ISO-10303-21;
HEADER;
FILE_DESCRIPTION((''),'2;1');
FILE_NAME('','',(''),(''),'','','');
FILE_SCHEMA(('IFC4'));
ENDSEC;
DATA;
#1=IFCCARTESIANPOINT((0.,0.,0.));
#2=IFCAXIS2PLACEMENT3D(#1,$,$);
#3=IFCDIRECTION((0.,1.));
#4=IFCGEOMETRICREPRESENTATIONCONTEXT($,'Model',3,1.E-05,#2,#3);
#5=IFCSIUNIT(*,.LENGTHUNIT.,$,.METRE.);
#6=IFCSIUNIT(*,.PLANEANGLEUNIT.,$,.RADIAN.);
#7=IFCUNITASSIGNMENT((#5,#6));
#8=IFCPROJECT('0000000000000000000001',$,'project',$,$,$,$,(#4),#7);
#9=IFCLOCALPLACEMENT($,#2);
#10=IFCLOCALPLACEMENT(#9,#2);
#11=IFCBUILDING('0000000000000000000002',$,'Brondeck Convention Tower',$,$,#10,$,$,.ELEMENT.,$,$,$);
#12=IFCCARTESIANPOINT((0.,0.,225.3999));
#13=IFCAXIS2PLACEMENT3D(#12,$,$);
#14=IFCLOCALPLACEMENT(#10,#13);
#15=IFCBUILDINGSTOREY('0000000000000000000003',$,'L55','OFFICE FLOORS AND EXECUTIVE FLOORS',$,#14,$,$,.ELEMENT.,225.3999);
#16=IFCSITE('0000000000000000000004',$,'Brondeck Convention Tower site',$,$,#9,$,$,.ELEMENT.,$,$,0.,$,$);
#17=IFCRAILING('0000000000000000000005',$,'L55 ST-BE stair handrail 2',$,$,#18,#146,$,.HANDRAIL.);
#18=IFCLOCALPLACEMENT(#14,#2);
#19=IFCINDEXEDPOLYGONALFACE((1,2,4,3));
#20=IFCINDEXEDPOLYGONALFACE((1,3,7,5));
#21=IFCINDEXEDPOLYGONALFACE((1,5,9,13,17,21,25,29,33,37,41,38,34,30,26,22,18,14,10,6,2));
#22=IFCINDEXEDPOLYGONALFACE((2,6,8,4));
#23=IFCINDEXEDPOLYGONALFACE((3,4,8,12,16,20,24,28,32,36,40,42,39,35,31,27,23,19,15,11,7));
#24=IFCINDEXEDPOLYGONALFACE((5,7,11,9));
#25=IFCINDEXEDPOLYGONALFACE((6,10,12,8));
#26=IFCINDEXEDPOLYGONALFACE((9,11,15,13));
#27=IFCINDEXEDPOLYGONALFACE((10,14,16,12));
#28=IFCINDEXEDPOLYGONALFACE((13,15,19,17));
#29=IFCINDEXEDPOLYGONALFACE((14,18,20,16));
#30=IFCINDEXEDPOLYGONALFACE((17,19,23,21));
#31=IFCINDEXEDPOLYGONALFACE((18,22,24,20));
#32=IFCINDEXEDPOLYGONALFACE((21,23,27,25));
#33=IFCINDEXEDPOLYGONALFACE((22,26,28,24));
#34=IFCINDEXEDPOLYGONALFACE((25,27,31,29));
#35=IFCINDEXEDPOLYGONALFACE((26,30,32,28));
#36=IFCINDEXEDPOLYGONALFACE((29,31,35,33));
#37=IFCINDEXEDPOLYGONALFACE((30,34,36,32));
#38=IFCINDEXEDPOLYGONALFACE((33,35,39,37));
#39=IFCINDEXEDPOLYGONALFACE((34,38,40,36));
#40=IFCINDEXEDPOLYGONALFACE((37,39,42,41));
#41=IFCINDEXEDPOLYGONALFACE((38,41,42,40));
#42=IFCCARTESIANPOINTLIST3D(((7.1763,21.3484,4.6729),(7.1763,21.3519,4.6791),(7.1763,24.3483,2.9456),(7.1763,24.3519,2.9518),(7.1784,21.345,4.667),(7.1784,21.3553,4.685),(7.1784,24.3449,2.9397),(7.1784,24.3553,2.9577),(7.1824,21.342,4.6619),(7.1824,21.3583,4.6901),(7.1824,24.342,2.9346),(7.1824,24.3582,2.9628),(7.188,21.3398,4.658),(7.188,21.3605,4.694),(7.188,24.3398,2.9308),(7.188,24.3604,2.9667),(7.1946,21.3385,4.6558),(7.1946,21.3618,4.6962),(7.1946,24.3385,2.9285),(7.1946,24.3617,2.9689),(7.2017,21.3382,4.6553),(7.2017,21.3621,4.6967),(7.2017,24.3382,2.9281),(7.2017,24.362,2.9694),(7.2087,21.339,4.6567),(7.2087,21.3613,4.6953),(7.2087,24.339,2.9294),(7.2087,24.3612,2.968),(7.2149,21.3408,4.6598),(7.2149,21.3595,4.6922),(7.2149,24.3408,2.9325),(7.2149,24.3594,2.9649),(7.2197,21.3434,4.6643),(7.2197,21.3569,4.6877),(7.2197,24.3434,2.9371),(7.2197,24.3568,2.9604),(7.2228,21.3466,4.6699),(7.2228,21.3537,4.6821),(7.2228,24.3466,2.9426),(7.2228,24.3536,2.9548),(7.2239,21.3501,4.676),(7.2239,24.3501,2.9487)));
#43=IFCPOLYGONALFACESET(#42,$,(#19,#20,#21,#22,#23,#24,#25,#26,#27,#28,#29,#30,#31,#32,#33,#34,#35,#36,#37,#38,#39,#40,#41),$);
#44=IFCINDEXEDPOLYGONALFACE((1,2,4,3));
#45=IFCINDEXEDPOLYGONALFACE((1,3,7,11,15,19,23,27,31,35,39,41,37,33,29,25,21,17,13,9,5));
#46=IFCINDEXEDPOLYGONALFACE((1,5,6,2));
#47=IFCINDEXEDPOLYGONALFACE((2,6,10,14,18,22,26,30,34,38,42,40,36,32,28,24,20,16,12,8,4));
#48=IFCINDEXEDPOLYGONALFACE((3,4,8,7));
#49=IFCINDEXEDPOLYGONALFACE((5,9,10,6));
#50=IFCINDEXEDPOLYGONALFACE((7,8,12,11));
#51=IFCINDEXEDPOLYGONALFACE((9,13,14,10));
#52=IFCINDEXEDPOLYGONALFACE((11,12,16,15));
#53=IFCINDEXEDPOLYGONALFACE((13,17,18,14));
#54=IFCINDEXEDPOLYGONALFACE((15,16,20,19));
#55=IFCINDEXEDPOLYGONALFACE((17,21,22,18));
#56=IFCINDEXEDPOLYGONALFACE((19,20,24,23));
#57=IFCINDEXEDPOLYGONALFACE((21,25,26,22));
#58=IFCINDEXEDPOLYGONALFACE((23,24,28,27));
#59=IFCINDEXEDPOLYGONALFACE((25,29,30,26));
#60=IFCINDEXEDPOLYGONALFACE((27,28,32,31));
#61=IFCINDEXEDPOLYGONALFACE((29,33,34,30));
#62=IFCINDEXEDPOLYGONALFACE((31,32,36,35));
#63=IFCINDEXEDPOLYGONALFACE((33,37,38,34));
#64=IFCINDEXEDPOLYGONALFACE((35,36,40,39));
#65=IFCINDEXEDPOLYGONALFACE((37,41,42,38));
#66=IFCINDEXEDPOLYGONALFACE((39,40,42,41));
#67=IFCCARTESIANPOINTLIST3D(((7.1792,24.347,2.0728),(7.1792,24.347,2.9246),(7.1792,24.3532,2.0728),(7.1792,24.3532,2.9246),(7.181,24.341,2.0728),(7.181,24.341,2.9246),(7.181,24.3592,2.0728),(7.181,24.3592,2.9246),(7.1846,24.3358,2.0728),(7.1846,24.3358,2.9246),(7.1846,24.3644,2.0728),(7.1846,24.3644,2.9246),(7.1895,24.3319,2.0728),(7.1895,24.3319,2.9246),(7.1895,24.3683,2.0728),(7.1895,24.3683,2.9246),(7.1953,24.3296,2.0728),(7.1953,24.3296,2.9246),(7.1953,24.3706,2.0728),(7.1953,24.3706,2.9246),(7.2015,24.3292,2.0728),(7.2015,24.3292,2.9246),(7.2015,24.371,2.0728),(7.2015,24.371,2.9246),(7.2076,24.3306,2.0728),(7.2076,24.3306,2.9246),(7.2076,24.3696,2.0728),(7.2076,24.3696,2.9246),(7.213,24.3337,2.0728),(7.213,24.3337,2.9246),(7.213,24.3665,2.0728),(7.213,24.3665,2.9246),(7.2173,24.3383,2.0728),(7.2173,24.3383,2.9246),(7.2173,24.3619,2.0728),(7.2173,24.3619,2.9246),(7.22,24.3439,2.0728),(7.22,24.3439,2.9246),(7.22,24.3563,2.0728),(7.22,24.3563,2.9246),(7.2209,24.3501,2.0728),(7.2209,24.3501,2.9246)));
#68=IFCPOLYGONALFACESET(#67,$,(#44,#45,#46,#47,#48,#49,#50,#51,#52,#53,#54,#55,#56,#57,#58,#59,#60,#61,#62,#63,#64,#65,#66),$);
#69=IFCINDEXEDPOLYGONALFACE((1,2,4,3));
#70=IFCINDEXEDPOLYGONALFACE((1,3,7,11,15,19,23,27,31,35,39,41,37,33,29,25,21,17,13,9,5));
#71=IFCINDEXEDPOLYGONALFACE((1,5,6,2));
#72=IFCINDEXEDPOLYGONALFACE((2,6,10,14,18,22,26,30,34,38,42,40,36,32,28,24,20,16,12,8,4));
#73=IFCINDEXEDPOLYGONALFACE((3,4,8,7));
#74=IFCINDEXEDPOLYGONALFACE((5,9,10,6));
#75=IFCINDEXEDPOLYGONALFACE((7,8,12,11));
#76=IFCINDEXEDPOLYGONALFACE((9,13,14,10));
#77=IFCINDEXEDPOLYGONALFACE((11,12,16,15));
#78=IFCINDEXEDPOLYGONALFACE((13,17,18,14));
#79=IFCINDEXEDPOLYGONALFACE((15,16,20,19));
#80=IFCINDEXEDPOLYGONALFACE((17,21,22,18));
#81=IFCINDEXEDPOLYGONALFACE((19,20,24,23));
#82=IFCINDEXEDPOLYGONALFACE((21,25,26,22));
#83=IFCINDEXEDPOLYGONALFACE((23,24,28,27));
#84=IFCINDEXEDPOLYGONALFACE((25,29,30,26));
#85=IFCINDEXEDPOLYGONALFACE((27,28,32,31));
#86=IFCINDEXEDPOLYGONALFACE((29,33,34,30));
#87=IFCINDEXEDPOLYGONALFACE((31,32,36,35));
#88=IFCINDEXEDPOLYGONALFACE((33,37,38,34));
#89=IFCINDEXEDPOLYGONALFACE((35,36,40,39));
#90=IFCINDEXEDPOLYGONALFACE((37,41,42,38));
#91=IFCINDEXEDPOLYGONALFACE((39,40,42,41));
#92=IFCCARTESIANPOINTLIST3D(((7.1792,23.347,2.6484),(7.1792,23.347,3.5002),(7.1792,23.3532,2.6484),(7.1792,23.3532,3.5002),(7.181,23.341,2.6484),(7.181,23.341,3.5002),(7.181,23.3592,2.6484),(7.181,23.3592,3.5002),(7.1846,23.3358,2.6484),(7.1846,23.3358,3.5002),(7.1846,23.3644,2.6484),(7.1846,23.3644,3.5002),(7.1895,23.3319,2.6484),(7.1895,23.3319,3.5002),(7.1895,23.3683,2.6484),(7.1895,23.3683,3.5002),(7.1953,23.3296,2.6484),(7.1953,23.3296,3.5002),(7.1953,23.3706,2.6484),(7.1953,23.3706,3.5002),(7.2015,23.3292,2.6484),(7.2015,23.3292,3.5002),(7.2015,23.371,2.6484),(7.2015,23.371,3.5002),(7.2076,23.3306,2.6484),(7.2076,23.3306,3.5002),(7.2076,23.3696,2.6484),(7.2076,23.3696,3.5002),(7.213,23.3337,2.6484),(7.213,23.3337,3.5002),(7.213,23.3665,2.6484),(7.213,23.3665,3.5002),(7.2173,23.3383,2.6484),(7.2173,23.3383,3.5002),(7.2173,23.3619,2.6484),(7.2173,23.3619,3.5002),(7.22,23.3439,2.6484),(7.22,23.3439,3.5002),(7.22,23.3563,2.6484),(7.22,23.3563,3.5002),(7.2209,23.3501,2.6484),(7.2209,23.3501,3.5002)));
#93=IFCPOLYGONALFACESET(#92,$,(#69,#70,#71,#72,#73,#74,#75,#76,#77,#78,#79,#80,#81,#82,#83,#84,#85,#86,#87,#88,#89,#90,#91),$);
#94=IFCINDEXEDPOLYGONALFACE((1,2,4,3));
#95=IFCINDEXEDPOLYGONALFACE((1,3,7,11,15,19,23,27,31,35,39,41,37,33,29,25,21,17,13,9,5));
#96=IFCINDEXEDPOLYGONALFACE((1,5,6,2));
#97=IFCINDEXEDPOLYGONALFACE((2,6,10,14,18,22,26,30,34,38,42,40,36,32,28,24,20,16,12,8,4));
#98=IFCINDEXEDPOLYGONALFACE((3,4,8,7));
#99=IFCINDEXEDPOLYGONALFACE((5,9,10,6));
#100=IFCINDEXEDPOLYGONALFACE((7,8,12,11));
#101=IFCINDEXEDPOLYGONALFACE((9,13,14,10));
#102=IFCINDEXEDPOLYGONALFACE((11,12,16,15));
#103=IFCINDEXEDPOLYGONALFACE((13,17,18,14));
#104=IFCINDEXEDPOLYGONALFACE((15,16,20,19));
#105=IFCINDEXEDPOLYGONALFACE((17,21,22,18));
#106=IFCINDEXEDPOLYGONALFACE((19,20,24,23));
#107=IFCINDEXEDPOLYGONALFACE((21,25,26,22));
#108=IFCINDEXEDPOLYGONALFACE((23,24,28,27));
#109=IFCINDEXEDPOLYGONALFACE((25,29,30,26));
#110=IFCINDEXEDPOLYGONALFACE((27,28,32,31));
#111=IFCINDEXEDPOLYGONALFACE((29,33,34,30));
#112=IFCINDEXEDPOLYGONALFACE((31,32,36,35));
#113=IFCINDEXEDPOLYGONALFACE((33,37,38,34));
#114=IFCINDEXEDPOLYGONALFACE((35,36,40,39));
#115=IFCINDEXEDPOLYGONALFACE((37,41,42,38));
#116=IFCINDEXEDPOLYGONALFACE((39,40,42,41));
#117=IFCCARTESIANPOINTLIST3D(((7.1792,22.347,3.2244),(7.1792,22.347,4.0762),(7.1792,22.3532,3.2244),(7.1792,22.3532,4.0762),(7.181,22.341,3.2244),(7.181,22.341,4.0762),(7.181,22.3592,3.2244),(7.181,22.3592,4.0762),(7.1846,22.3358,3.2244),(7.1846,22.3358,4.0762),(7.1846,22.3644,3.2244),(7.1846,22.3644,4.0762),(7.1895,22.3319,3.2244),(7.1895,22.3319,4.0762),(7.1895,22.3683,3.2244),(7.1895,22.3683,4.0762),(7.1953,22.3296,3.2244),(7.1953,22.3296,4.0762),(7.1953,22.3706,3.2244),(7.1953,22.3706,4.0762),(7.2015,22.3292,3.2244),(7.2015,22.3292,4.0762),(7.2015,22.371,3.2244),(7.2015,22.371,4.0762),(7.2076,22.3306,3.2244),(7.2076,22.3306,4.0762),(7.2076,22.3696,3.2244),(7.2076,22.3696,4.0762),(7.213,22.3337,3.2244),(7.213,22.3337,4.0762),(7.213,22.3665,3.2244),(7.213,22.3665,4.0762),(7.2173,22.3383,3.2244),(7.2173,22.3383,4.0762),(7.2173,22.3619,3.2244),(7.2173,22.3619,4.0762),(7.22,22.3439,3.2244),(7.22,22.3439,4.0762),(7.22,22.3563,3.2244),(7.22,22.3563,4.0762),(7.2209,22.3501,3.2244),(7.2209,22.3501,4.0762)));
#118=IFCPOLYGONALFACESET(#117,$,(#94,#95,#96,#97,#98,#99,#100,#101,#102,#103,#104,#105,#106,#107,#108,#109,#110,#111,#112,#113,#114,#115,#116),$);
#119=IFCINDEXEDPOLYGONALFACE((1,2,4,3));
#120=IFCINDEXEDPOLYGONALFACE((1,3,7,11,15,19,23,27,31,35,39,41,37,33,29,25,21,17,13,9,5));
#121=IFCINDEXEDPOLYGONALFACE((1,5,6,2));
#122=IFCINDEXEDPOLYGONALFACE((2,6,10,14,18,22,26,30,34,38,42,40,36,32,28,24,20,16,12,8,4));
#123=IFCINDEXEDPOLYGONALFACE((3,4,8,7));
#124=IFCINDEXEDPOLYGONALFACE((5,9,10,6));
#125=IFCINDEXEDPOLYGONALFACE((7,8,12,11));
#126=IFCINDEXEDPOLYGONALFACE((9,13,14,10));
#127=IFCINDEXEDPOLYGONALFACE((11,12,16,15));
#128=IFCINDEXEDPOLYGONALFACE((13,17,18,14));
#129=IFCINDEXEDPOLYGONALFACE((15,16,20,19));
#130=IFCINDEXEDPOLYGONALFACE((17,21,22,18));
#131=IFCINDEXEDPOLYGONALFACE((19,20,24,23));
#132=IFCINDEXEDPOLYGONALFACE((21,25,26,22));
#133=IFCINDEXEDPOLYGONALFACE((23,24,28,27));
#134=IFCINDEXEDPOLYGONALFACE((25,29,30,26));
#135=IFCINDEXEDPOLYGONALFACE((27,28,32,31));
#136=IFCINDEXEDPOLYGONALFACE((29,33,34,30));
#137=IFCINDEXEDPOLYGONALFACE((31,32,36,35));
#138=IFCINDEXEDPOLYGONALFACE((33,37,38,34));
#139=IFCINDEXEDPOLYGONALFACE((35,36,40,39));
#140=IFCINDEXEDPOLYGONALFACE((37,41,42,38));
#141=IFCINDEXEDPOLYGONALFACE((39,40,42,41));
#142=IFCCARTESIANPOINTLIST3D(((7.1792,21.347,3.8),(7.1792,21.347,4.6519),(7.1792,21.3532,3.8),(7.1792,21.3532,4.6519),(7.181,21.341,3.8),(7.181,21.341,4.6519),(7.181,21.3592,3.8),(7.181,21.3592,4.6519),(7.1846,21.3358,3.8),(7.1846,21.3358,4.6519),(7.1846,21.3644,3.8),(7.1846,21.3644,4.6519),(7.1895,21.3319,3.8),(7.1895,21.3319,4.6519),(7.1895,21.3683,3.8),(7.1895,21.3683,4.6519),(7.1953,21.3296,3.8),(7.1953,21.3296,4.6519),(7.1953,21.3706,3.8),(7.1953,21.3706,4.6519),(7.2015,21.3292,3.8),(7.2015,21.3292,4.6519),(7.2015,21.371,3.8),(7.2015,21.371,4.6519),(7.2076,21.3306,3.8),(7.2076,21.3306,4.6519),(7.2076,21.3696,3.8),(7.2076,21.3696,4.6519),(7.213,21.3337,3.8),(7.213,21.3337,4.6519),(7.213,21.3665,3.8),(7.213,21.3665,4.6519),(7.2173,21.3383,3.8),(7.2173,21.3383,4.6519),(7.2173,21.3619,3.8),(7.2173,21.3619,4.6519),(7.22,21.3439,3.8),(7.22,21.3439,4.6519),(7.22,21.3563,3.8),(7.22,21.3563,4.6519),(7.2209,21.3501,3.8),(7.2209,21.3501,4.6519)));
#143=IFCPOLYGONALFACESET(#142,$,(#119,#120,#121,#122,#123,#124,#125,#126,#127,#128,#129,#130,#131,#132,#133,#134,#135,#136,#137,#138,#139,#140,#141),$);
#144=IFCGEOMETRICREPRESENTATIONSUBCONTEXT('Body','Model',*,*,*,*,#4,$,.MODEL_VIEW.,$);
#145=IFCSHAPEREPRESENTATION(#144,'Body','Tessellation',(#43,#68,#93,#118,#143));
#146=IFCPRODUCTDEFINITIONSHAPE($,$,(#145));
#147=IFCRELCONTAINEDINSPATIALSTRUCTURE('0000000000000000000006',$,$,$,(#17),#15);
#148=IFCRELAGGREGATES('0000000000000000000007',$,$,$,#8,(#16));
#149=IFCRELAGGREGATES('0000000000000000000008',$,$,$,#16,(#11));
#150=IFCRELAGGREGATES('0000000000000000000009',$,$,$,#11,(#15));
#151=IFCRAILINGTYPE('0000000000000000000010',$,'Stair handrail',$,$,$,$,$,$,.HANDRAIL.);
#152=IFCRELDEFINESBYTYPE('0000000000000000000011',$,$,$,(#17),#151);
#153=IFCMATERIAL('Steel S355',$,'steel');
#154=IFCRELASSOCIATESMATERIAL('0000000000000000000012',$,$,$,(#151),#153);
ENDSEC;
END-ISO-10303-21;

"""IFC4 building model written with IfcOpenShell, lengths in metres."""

from ifc_helpers import new_model, si_unit, direction, frame, origin, origin_2d, place, context, subcontext, project, spatial, circle, extrude, material, type_object, element, save


model = new_model("IFC4")

# Units and contexts
model_context = context("Model", 3, precision=1e-05, world=origin(), true_north=direction((0.0, 1.0)))
body_context = subcontext(model_context, "Body", "Model", "MODEL_VIEW")
ifc_project = project(units=[si_unit("LENGTHUNIT", "METRE"), si_unit("PLANEANGLEUNIT", "RADIAN")], contexts=[model_context])

# Site, building, storey
site_placement = place(None, origin())
site = spatial("IfcSite", under=ifc_project, at=site_placement, Name="Brondeck Convention Tower site", CompositionType="ELEMENT", RefElevation=0.0)
building_placement = place(site_placement, origin())
building = spatial("IfcBuilding", under=site, at=building_placement, Name="Brondeck Convention Tower", CompositionType="ELEMENT")
storey_placement = place(building_placement, frame((0.0, 0.0, 225.3999)))
storey = spatial("IfcBuildingStorey", under=building, at=storey_placement, Name="L55", Description="OFFICE FLOORS AND EXECUTIVE FLOORS", CompositionType="ELEMENT", Elevation=225.3999)

# Shared definitions
ifc_material_1 = material(Name="Steel S355", Category="steel")

# Railing
railing_type_1 = type_object("IfcRailingType", Name="Stair handrail", PredefinedType="HANDRAIL", material=ifc_material_1)
railing_1_placement = place(storey_placement, frame((7.2, 24.3501, 2.0728)))
element("IfcRailing", 1, at=railing_1_placement, inside=storey, type_object=railing_type_1, Name="L55 ST-BE stair handrail 2", PredefinedType="HANDRAIL", context=body_context, shape_type="SweptSolid", body=[
    extrude(circle(Radius=0.0239, at=origin_2d()), frame((0.0, 0.0, 0.876), z_axis=(0.0, -0.86662, 0.498969), x_axis=(1.0, 0.0, 0.0)), (0.0, 0.0, 1.0), 3.4617),
    extrude(circle(Radius=0.021, at=origin_2d()), origin(), (0.0, 0.0, 1.0), 0.8518),
    extrude(circle(Radius=0.021, at=origin_2d()), frame((0.0, -1.0, 0.5757)), (0.0, 0.0, 1.0), 0.8518),
    extrude(circle(Radius=0.021, at=origin_2d()), frame((0.0, -2.0, 1.1516)), (0.0, 0.0, 1.0), 0.8518),
    extrude(circle(Radius=0.021, at=origin_2d()), frame((0.0, -3.0, 1.7273)), (0.0, 0.0, 1.0), 0.8518),
])

save(model, "model.ifc")
